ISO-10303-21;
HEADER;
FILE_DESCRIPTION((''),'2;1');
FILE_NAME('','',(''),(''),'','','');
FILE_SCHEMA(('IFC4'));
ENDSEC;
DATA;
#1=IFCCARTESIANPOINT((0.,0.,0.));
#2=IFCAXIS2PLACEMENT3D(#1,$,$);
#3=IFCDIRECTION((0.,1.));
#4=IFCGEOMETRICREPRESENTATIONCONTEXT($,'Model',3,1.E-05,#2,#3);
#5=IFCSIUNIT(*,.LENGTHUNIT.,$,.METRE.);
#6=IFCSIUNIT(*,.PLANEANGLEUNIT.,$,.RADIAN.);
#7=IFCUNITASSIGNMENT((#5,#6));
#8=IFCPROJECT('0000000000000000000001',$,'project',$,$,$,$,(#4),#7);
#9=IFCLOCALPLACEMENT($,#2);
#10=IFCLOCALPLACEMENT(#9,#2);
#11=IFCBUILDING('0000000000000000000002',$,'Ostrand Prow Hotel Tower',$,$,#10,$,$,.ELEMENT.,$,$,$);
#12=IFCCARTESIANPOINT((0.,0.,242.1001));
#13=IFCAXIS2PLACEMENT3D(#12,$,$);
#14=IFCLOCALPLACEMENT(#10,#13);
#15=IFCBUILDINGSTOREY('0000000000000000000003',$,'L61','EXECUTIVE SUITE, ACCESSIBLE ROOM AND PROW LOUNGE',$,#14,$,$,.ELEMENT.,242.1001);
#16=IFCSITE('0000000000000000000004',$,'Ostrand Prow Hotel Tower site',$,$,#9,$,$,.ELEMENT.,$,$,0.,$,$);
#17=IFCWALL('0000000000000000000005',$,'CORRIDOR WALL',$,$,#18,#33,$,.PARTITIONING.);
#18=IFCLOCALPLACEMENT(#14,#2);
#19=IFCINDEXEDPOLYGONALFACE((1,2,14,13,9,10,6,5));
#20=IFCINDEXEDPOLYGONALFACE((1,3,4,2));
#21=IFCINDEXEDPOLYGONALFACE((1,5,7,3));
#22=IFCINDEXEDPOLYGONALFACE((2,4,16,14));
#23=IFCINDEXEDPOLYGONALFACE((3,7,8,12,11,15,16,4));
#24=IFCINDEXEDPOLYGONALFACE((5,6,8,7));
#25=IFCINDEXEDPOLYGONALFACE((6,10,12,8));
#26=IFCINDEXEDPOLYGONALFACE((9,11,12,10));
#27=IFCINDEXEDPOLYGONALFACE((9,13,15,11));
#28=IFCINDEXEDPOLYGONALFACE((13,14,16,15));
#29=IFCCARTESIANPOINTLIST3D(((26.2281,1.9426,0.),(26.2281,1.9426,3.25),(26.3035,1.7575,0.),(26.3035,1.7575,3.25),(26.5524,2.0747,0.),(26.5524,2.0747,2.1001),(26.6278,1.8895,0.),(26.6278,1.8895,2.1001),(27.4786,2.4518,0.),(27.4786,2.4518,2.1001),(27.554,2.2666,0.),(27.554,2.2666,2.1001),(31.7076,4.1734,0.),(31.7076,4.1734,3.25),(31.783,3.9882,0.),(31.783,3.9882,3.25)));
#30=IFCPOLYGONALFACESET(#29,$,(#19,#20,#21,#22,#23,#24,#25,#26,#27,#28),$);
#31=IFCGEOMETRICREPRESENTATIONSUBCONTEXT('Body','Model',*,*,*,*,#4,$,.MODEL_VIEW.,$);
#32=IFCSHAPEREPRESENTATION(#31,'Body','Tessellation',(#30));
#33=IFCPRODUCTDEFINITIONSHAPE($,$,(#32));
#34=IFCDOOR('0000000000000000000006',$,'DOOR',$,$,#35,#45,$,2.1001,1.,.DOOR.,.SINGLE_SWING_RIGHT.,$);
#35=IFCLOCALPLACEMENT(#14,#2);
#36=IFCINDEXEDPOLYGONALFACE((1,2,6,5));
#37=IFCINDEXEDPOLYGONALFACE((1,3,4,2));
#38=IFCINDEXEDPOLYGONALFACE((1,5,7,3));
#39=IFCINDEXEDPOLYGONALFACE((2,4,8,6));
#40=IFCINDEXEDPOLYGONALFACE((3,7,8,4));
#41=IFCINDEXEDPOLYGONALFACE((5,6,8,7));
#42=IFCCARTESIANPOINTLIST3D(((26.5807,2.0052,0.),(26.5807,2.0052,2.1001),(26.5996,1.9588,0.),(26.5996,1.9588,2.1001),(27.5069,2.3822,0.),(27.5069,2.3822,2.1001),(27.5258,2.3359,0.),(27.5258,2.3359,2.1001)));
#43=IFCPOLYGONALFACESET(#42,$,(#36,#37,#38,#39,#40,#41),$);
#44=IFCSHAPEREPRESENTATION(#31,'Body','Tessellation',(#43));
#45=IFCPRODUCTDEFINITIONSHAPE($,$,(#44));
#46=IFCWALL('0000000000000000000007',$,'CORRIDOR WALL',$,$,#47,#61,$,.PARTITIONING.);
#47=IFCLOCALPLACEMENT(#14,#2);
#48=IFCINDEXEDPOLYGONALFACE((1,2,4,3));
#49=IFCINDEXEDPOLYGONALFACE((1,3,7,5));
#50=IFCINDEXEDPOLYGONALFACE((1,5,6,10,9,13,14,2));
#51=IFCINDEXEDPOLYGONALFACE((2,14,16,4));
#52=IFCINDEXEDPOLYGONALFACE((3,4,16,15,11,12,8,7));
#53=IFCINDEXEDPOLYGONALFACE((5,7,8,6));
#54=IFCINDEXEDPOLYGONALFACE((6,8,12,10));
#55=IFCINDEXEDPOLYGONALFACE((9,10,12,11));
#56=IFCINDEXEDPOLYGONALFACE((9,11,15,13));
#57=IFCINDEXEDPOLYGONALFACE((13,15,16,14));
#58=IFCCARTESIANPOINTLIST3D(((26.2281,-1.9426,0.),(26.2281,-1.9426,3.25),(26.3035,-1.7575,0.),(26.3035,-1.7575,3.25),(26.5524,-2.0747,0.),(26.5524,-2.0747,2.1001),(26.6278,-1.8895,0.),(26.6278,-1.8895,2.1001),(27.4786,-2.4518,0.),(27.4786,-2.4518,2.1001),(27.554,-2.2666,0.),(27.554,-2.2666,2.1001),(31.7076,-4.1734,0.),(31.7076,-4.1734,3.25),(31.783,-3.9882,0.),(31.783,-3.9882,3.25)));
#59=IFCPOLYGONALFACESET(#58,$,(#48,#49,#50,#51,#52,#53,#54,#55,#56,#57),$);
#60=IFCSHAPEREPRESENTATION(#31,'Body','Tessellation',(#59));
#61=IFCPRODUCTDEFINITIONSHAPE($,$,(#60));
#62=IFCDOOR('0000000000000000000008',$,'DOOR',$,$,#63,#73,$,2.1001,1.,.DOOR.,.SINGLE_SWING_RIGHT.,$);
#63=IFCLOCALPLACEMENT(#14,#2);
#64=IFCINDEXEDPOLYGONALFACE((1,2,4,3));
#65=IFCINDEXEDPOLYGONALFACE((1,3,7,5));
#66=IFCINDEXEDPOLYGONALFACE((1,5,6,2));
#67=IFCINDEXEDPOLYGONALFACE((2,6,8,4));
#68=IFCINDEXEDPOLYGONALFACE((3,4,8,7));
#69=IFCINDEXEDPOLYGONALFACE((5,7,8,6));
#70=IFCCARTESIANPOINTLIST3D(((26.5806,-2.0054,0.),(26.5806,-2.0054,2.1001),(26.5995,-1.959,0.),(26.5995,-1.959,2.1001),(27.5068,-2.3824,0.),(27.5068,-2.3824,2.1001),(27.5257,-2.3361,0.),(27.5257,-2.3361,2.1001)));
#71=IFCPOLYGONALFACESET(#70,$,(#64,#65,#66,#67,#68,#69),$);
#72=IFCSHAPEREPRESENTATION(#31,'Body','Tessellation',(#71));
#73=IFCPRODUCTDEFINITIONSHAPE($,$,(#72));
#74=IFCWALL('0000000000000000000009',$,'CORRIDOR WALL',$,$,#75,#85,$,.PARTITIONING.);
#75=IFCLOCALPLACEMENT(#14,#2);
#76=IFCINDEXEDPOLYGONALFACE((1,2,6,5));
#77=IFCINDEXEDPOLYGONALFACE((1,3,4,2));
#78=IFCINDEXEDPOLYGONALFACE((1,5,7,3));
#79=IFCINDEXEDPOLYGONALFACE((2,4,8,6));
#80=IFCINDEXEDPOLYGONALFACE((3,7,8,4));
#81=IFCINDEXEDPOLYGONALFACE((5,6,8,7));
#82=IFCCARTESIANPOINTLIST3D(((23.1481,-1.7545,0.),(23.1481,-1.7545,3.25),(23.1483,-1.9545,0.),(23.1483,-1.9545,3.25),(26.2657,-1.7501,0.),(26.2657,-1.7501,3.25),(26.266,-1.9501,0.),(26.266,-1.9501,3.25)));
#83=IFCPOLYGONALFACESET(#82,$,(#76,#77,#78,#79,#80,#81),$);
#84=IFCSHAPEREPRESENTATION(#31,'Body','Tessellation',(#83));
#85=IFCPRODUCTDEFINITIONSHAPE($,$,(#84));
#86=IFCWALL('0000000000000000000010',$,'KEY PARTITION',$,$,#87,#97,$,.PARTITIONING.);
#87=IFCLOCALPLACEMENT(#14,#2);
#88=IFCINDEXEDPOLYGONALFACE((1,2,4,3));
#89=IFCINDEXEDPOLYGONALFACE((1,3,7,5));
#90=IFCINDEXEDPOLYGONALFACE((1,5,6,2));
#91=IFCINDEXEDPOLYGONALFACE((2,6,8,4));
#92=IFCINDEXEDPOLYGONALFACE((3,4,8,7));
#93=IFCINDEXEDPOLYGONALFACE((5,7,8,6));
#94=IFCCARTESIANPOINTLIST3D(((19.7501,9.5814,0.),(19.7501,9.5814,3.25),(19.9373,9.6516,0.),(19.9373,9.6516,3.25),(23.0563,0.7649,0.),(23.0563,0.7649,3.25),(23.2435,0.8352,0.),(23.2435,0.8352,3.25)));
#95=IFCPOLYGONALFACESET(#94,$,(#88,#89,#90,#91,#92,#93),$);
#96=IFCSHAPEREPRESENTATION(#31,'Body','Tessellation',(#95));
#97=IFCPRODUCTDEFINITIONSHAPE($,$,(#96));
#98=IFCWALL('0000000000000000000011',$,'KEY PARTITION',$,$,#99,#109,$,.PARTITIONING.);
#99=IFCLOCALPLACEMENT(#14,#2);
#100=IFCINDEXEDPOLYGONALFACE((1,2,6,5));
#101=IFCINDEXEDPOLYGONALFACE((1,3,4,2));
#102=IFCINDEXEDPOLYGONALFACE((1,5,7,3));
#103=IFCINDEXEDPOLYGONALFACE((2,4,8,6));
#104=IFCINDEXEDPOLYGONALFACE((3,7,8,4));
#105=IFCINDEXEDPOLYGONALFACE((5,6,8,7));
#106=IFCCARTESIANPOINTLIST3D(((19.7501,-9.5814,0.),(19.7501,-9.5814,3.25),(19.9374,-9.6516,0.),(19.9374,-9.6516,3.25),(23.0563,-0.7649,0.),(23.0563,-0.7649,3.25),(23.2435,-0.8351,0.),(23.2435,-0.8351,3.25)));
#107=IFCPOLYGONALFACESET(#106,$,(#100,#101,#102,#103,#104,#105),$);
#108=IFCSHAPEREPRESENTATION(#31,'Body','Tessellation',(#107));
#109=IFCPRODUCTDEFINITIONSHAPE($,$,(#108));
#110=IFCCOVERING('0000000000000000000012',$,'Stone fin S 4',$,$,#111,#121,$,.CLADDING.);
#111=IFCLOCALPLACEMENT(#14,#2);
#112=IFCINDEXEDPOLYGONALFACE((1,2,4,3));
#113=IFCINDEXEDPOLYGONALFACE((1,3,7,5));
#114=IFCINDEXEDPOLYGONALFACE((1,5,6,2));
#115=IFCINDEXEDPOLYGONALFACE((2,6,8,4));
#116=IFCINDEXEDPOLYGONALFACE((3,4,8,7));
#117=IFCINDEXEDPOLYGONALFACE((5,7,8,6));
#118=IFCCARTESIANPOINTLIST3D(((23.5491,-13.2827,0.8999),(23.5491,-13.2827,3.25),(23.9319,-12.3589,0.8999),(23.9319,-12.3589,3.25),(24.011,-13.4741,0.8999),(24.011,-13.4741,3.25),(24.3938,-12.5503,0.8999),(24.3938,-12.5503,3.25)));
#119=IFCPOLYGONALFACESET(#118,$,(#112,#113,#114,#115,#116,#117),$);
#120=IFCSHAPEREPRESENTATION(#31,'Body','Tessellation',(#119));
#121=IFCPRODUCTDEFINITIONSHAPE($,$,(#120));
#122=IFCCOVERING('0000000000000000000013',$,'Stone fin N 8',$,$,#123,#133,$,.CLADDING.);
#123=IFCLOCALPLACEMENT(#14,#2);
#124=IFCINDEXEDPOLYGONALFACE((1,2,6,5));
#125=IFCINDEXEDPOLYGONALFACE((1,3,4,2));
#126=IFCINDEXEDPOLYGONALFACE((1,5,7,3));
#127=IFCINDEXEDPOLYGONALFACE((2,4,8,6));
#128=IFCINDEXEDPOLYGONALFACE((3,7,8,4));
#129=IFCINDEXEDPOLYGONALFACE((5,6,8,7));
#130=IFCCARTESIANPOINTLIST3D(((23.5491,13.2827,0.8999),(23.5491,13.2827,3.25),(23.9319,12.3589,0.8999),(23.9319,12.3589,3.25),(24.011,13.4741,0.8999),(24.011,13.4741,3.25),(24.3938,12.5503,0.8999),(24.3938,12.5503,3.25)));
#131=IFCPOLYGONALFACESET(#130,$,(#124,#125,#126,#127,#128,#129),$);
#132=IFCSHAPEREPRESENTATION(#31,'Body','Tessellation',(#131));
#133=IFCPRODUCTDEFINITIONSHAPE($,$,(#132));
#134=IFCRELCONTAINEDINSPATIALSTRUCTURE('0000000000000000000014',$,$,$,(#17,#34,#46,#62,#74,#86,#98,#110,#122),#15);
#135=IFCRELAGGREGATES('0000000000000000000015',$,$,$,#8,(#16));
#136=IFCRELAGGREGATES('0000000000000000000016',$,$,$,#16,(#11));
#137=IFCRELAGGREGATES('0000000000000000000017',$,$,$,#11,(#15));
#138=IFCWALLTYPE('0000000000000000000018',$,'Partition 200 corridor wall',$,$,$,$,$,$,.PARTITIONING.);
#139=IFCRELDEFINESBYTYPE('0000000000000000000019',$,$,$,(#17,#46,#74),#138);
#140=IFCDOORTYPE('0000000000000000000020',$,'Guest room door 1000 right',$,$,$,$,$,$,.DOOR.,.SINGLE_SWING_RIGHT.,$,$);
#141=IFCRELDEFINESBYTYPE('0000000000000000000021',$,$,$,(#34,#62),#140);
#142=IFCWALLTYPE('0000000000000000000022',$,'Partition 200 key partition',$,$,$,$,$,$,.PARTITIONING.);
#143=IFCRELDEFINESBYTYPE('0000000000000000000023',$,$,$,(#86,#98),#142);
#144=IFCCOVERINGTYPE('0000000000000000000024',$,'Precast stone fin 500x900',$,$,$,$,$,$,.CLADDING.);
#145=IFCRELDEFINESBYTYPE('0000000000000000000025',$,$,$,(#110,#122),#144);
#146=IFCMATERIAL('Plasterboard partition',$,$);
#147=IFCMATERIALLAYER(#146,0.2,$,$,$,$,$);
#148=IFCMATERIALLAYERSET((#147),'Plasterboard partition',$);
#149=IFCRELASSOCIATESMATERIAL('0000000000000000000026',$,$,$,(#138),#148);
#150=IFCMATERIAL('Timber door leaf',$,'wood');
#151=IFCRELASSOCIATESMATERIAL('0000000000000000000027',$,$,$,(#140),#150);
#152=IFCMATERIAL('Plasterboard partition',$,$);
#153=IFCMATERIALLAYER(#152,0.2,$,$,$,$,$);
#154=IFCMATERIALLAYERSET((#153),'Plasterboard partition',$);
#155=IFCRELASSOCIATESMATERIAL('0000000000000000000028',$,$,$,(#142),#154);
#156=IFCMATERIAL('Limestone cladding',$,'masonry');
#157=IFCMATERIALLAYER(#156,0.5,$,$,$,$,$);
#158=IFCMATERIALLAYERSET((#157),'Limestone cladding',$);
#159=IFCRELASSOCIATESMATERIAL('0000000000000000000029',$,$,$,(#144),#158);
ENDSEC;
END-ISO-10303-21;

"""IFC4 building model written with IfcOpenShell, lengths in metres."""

from ifc_helpers import new_model, si_unit, direction, frame, frame_2d, origin, place, context, subcontext, project, spatial, rectangle, extrude, material, layer, layer_set, type_object, element, fill, save


model = new_model("IFC4")

# Units and contexts
model_context = context("Model", 3, precision=1e-05, world=origin(), true_north=direction((0.0, 1.0)))
body_context = subcontext(model_context, "Body", "Model", "MODEL_VIEW")
ifc_project = project(units=[si_unit("LENGTHUNIT", "METRE"), si_unit("PLANEANGLEUNIT", "RADIAN")], contexts=[model_context])

# Site, building, storey
site_placement = place(None, origin())
site = spatial("IfcSite", under=ifc_project, at=site_placement, Name="Ostrand Prow Hotel Tower site", CompositionType="ELEMENT", RefElevation=0.0)
building_placement = place(site_placement, origin())
building = spatial("IfcBuilding", under=site, at=building_placement, Name="Ostrand Prow Hotel Tower", CompositionType="ELEMENT")
storey_placement = place(building_placement, frame((0.0, 0.0, 242.1001)))
storey = spatial("IfcBuildingStorey", under=building, at=storey_placement, Name="L61", Description="EXECUTIVE SUITE, ACCESSIBLE ROOM AND PROW LOUNGE", CompositionType="ELEMENT", Elevation=242.1001)

# Walls, openings, doors
ifc_material_1 = material(Name="Plasterboard partition")
ifc_layer_1 = layer(ifc_material_1, 0.2)
ifc_layer_set_1 = layer_set([ifc_layer_1], Name="Plasterboard partition")
wall_type_1 = type_object("IfcWallType", Name="Partition 200 corridor wall", PredefinedType="PARTITIONING", material=ifc_layer_set_1)
wall_1_placement = place(storey_placement, frame((26.2659, 1.8501, 0.0), z_axis=(0.0, 0.0, 1.0), x_axis=(0.926191, 0.377054, 0.0)))
wall_1 = element("IfcWall", 1, at=wall_1_placement, inside=storey, type_object=wall_type_1, Name="CORRIDOR WALL", PredefinedType="PARTITIONING", context=body_context, shape_type="SweptSolid", body=[
    extrude(rectangle(XDim=5.9163, YDim=0.2, at=frame_2d((2.958, 0.0))), origin(), (0.0, 0.0, 1.0), 3.25),
])
opening_1_placement = place(wall_1_placement, frame((0.3501, 0.0, 0.0)))
opening_1 = element("IfcOpeningElement", 2, at=opening_1_placement, cuts=wall_1, PredefinedType="OPENING", context=body_context, shape_type="SweptSolid", body=[
    extrude(rectangle(XDim=1.0, YDim=2.1001, at=frame_2d((0.5, 1.05))), frame((0.0, 0.1099, 0.0), z_axis=(0.0, -1.0, 0.0), x_axis=(1.0, 0.0, 0.0)), (0.0, 0.0, 1.0), 0.22),
])
ifc_material_2 = material(Name="Timber door leaf", Category="wood")
door_type = type_object("IfcDoorType", Name="Guest room door 1000 right", OperationType="SINGLE_SWING_RIGHT", PredefinedType="DOOR", material=ifc_material_2)
door_1_placement = place(opening_1_placement, origin())
door_1 = element("IfcDoor", 3, at=door_1_placement, inside=storey, type_object=door_type, Name="DOOR", OperationType="SINGLE_SWING_RIGHT", OverallHeight=2.1001, OverallWidth=1.0, PredefinedType="DOOR", context=body_context, shape_type="SweptSolid", body=[
    extrude(rectangle(XDim=1.0, YDim=2.1001, at=frame_2d((0.5, 1.05))), frame((0.0, 0.0249, 0.0), z_axis=(0.0, -1.0, 0.0), x_axis=(1.0, 0.0, 0.0)), (0.0, 0.0, 1.0), 0.05),
])
fill(opening_1, door_1)
wall_2_placement = place(storey_placement, frame((26.2659, -1.8501, 0.0), z_axis=(0.0, 0.0, 1.0), x_axis=(0.926191, -0.377054, 0.0)))
wall_2 = element("IfcWall", 4, at=wall_2_placement, inside=storey, type_object=wall_type_1, Name="CORRIDOR WALL", PredefinedType="PARTITIONING", context=body_context, shape_type="SweptSolid", body=[
    extrude(rectangle(XDim=5.9163, YDim=0.2, at=frame_2d((2.958, 0.0))), origin(), (0.0, 0.0, 1.0), 3.25),
])
opening_2_placement = place(wall_2_placement, frame((0.3501, 0.0, 0.0)))
opening_2 = element("IfcOpeningElement", 5, at=opening_2_placement, cuts=wall_2, PredefinedType="OPENING", context=body_context, shape_type="SweptSolid", body=[
    extrude(rectangle(XDim=1.0, YDim=2.1001, at=frame_2d((0.5, 1.05))), frame((0.0, 0.1099, 0.0), z_axis=(0.0, -1.0, 0.0), x_axis=(1.0, 0.0, 0.0)), (0.0, 0.0, 1.0), 0.22),
])
door_2_placement = place(opening_2_placement, origin())
door_2 = element("IfcDoor", 6, at=door_2_placement, inside=storey, type_object=door_type, Name="DOOR", OperationType="SINGLE_SWING_RIGHT", OverallHeight=2.1001, OverallWidth=1.0, PredefinedType="DOOR", context=body_context, shape_type="SweptSolid", body=[
    extrude(rectangle(XDim=1.0, YDim=2.1001, at=frame_2d((0.5, 1.05))), frame((0.0, 0.0249, 0.0), z_axis=(0.0, -1.0, 0.0), x_axis=(1.0, 0.0, 0.0)), (0.0, 0.0, 1.0), 0.05),
])
fill(opening_2, door_2)

# Walls
wall_3_placement = place(storey_placement, frame((23.1482, -1.8545, 0.0), z_axis=(0.0, 0.0, 1.0), x_axis=(0.999999, 0.00141, 0.0)))
element("IfcWall", 7, at=wall_3_placement, inside=storey, type_object=wall_type_1, Name="CORRIDOR WALL", PredefinedType="PARTITIONING", context=body_context, shape_type="SweptSolid", body=[
    extrude(rectangle(XDim=3.1177, YDim=0.2, at=frame_2d((1.5588, 0.0))), origin(), (0.0, 0.0, 1.0), 3.25),
])
ifc_material_3 = material(Name="Plasterboard partition")
ifc_layer_2 = layer(ifc_material_3, 0.2)
ifc_layer_set_2 = layer_set([ifc_layer_2], Name="Plasterboard partition")
wall_type_2 = type_object("IfcWallType", Name="Partition 200 key partition", PredefinedType="PARTITIONING", material=ifc_layer_set_2)
for number, where, z_axis, x_axis, name in (
    (8, (23.1499, 0.8, 0.0), (0.0, 0.0, 1.0), (-0.351123, 0.936329, 0.0), "KEY PARTITION"),
    (9, (19.8438, -9.6165, 0.0), (0.0, 0.0, 1.0), (0.351123, 0.936329, 0.0), "KEY PARTITION"),
):
    element("IfcWall", number, at=place(storey_placement, frame(where, z_axis=z_axis, x_axis=x_axis)), inside=storey, type_object=wall_type_2, Name=name, PredefinedType="PARTITIONING", context=body_context, shape_type="SweptSolid", body=[
        extrude(rectangle(XDim=9.416, YDim=0.2, at=frame_2d((4.708, 0.0))), origin(), (0.0, 0.0, 1.0), 3.25),
    ])

# Coverings
ifc_material_4 = material(Name="Limestone cladding", Category="masonry")
ifc_layer_3 = layer(ifc_material_4, 0.5)
ifc_layer_set_3 = layer_set([ifc_layer_3], Name="Limestone cladding")
covering_type = type_object("IfcCoveringType", Name="Precast stone fin 500x900", PredefinedType="CLADDING", material=ifc_layer_set_3)
for number, where, z_axis, x_axis, name in (
    (10, (24.1628, -12.4546, 0.8999), (0.0, 0.0, 1.0), (-0.382812, -0.923826, 0.0), "Stone fin S 4"),
    (11, (24.1628, 12.4546, 0.8999), (0.0, 0.0, 1.0), (-0.382812, 0.923826, 0.0), "Stone fin N 8"),
):
    element("IfcCovering", number, at=place(storey_placement, frame(where, z_axis=z_axis, x_axis=x_axis)), inside=storey, type_object=covering_type, Name=name, PredefinedType="CLADDING", context=body_context, shape_type="SweptSolid", body=[
        extrude(rectangle(XDim=1.0, YDim=0.5, at=frame_2d((0.5, 0.0))), origin(), (0.0, 0.0, 1.0), 2.3501),
    ])

save(model, "model.ifc")
